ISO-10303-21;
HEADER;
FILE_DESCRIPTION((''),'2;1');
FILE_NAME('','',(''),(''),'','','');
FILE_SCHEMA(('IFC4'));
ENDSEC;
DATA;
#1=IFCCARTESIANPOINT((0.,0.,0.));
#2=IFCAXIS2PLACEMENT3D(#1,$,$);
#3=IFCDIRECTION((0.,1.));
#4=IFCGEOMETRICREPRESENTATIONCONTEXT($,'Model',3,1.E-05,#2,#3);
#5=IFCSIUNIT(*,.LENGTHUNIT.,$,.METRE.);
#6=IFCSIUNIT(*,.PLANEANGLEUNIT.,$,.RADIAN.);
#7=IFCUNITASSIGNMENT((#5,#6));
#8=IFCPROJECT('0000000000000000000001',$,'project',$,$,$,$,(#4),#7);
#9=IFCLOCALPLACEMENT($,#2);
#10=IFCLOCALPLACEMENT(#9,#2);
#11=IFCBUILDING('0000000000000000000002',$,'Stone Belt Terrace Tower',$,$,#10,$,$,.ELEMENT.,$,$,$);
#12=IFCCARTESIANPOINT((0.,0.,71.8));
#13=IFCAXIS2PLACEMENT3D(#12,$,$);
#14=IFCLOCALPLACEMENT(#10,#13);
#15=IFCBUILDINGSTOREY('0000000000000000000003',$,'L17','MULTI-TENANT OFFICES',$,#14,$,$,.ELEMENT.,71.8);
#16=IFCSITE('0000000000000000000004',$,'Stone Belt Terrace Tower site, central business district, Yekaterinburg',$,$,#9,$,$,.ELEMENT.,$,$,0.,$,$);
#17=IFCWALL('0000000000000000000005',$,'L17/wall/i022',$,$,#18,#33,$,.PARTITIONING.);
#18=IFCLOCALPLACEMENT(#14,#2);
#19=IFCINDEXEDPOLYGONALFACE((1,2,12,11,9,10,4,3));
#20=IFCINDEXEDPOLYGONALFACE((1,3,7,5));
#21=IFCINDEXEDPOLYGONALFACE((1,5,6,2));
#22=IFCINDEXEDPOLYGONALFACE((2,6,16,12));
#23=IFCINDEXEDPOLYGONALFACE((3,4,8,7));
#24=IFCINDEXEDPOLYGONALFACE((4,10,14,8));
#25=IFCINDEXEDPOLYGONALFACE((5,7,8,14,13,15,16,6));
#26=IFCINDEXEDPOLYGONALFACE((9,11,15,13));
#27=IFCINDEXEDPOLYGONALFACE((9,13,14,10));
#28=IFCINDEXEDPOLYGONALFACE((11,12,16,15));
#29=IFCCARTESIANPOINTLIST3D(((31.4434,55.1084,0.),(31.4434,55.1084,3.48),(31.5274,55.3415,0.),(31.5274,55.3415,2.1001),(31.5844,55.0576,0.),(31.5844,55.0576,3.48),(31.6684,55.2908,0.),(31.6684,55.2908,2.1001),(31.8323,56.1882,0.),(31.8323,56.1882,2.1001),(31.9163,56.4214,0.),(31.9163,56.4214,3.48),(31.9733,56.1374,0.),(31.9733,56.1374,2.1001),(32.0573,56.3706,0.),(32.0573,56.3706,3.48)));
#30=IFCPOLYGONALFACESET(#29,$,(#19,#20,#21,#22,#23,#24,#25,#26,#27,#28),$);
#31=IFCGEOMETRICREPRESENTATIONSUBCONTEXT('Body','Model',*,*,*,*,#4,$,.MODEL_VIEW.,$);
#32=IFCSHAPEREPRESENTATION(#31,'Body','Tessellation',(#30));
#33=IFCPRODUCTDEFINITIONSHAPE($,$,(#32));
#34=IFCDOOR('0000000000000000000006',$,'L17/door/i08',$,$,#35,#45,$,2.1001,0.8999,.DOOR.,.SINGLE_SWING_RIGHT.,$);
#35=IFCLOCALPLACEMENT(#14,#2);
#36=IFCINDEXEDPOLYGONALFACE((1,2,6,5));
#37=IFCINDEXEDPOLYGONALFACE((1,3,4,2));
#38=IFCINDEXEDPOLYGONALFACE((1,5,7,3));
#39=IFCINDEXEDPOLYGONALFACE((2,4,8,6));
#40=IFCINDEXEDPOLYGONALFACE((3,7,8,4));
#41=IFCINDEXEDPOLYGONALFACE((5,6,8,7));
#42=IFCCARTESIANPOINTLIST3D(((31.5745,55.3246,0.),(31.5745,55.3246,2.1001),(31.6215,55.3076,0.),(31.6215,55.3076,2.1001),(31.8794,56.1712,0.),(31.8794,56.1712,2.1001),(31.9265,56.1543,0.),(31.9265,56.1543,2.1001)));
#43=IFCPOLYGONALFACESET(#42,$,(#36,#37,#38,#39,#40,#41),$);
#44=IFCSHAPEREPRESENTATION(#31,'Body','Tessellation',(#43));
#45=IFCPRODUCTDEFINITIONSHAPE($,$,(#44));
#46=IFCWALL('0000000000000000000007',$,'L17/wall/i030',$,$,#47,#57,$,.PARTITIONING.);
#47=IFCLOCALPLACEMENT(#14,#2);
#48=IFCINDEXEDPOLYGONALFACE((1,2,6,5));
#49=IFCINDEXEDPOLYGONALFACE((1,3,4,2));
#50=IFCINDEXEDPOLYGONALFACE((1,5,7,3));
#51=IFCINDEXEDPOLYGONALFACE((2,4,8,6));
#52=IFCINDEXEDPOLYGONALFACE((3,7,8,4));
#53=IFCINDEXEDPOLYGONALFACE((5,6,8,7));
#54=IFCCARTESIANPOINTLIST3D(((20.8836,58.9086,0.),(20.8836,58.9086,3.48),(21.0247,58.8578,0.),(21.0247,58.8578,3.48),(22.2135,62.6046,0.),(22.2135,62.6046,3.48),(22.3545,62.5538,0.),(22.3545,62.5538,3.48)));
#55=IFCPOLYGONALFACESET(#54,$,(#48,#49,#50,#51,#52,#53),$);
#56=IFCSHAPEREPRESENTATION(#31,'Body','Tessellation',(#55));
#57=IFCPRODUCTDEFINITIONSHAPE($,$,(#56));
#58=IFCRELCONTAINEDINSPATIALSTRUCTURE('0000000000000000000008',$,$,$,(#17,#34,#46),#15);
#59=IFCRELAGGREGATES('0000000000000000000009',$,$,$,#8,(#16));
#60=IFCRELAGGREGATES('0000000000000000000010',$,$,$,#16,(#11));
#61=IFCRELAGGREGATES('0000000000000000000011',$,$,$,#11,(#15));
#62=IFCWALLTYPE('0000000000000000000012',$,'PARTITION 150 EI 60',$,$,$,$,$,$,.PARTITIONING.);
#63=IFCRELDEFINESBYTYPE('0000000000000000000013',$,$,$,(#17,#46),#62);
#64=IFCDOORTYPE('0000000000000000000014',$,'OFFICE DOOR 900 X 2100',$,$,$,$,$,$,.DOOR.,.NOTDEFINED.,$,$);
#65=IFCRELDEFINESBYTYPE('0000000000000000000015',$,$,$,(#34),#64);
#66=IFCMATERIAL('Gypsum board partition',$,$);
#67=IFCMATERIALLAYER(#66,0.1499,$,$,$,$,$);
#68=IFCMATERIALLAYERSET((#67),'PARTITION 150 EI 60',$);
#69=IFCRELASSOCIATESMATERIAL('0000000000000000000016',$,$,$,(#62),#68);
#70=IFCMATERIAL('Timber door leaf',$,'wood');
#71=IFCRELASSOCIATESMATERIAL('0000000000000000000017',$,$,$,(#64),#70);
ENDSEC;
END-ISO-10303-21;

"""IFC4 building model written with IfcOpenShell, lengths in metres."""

from ifc_helpers import new_model, si_unit, direction, frame, frame_2d, origin, place, context, subcontext, project, spatial, rectangle, extrude, material, layer, layer_set, type_object, element, fill, save


model = new_model("IFC4")

# Units and contexts
model_context = context("Model", 3, precision=1e-05, world=origin(), true_north=direction((0.0, 1.0)))
body_context = subcontext(model_context, "Body", "Model", "MODEL_VIEW")
ifc_project = project(units=[si_unit("LENGTHUNIT", "METRE"), si_unit("PLANEANGLEUNIT", "RADIAN")], contexts=[model_context])

# Site, building, storey
site_placement = place(None, origin())
site = spatial("IfcSite", under=ifc_project, at=site_placement, Name="Stone Belt Terrace Tower site, central business district, Yekaterinburg", CompositionType="ELEMENT", RefElevation=0.0)
building_placement = place(site_placement, origin())
building = spatial("IfcBuilding", under=site, at=building_placement, Name="Stone Belt Terrace Tower", CompositionType="ELEMENT")
storey_placement = place(building_placement, frame((0.0, 0.0, 71.8)))
storey = spatial("IfcBuildingStorey", under=building, at=storey_placement, Name="L17", Description="MULTI-TENANT OFFICES", CompositionType="ELEMENT", Elevation=71.8)

# Shared definitions
ifc_material_1 = material(Name="Timber door leaf", Category="wood")

# Wall, opening, door
ifc_material_2 = material(Name="Gypsum board partition")
ifc_layer_1 = layer(ifc_material_2, 0.1499)
ifc_layer_set_1 = layer_set([ifc_layer_1], Name="PARTITION 150 EI 60")
wall_type_1 = type_object("IfcWallType", Name="PARTITION 150 EI 60", PredefinedType="PARTITIONING", material=ifc_layer_set_1)
wall_1_placement = place(storey_placement, frame((31.5139, 55.083, 0.0), z_axis=(0.0, 0.0, 1.0), x_axis=(0.338862, 0.940836, 0.0)))
wall_1 = element("IfcWall", 1, at=wall_1_placement, inside=storey, type_object=wall_type_1, Name="L17/wall/i022", PredefinedType="PARTITIONING", context=body_context, shape_type="SweptSolid", body=[
    extrude(rectangle(XDim=1.3955, YDim=0.1499, at=frame_2d((0.6978, 0.0))), origin(), (0.0, 0.0, 1.0), 3.48),
])
opening_1_placement = place(wall_1_placement, frame((0.2478, 0.0, 0.0)))
opening_1 = element("IfcOpeningElement", 2, at=opening_1_placement, cuts=wall_1, PredefinedType="OPENING", context=body_context, shape_type="SweptSolid", body=[
    extrude(rectangle(XDim=0.8999, YDim=2.1001, at=frame_2d((0.45, 1.05))), frame((0.0, 0.085, 0.0), z_axis=(0.0, -1.0, 0.0), x_axis=(1.0, 0.0, 0.0)), (0.0, 0.0, 1.0), 0.1699),
])
door_type_1 = type_object("IfcDoorType", Name="OFFICE DOOR 900 X 2100", OperationType="NOTDEFINED", PredefinedType="DOOR", material=ifc_material_1)
door_1_placement = place(opening_1_placement, origin())
door_1 = element("IfcDoor", 3, at=door_1_placement, inside=storey, type_object=door_type_1, Name="L17/door/i08", OperationType="SINGLE_SWING_RIGHT", OverallHeight=2.1001, OverallWidth=0.8999, PredefinedType="DOOR", context=body_context, shape_type="SweptSolid", body=[
    extrude(rectangle(XDim=0.8999, YDim=2.1001, at=frame_2d((0.45, 1.05))), frame((0.0, 0.0249, 0.0), z_axis=(0.0, -1.0, 0.0), x_axis=(1.0, 0.0, 0.0)), (0.0, 0.0, 1.0), 0.05),
])
fill(opening_1, door_1)

# Wall
wall_2_placement = place(storey_placement, frame((22.2839, 62.5791, 0.0), z_axis=(0.0, 0.0, 1.0), x_axis=(-0.338552, -0.940948, 0.0)))
element("IfcWall", 4, at=wall_2_placement, inside=storey, type_object=wall_type_1, Name="L17/wall/i030", PredefinedType="PARTITIONING", context=body_context, shape_type="SweptSolid", body=[
    extrude(rectangle(XDim=3.928, YDim=0.1499, at=frame_2d((1.9639, 0.0))), origin(), (0.0, 0.0, 1.0), 3.48),
])

save(model, "model.ifc")
